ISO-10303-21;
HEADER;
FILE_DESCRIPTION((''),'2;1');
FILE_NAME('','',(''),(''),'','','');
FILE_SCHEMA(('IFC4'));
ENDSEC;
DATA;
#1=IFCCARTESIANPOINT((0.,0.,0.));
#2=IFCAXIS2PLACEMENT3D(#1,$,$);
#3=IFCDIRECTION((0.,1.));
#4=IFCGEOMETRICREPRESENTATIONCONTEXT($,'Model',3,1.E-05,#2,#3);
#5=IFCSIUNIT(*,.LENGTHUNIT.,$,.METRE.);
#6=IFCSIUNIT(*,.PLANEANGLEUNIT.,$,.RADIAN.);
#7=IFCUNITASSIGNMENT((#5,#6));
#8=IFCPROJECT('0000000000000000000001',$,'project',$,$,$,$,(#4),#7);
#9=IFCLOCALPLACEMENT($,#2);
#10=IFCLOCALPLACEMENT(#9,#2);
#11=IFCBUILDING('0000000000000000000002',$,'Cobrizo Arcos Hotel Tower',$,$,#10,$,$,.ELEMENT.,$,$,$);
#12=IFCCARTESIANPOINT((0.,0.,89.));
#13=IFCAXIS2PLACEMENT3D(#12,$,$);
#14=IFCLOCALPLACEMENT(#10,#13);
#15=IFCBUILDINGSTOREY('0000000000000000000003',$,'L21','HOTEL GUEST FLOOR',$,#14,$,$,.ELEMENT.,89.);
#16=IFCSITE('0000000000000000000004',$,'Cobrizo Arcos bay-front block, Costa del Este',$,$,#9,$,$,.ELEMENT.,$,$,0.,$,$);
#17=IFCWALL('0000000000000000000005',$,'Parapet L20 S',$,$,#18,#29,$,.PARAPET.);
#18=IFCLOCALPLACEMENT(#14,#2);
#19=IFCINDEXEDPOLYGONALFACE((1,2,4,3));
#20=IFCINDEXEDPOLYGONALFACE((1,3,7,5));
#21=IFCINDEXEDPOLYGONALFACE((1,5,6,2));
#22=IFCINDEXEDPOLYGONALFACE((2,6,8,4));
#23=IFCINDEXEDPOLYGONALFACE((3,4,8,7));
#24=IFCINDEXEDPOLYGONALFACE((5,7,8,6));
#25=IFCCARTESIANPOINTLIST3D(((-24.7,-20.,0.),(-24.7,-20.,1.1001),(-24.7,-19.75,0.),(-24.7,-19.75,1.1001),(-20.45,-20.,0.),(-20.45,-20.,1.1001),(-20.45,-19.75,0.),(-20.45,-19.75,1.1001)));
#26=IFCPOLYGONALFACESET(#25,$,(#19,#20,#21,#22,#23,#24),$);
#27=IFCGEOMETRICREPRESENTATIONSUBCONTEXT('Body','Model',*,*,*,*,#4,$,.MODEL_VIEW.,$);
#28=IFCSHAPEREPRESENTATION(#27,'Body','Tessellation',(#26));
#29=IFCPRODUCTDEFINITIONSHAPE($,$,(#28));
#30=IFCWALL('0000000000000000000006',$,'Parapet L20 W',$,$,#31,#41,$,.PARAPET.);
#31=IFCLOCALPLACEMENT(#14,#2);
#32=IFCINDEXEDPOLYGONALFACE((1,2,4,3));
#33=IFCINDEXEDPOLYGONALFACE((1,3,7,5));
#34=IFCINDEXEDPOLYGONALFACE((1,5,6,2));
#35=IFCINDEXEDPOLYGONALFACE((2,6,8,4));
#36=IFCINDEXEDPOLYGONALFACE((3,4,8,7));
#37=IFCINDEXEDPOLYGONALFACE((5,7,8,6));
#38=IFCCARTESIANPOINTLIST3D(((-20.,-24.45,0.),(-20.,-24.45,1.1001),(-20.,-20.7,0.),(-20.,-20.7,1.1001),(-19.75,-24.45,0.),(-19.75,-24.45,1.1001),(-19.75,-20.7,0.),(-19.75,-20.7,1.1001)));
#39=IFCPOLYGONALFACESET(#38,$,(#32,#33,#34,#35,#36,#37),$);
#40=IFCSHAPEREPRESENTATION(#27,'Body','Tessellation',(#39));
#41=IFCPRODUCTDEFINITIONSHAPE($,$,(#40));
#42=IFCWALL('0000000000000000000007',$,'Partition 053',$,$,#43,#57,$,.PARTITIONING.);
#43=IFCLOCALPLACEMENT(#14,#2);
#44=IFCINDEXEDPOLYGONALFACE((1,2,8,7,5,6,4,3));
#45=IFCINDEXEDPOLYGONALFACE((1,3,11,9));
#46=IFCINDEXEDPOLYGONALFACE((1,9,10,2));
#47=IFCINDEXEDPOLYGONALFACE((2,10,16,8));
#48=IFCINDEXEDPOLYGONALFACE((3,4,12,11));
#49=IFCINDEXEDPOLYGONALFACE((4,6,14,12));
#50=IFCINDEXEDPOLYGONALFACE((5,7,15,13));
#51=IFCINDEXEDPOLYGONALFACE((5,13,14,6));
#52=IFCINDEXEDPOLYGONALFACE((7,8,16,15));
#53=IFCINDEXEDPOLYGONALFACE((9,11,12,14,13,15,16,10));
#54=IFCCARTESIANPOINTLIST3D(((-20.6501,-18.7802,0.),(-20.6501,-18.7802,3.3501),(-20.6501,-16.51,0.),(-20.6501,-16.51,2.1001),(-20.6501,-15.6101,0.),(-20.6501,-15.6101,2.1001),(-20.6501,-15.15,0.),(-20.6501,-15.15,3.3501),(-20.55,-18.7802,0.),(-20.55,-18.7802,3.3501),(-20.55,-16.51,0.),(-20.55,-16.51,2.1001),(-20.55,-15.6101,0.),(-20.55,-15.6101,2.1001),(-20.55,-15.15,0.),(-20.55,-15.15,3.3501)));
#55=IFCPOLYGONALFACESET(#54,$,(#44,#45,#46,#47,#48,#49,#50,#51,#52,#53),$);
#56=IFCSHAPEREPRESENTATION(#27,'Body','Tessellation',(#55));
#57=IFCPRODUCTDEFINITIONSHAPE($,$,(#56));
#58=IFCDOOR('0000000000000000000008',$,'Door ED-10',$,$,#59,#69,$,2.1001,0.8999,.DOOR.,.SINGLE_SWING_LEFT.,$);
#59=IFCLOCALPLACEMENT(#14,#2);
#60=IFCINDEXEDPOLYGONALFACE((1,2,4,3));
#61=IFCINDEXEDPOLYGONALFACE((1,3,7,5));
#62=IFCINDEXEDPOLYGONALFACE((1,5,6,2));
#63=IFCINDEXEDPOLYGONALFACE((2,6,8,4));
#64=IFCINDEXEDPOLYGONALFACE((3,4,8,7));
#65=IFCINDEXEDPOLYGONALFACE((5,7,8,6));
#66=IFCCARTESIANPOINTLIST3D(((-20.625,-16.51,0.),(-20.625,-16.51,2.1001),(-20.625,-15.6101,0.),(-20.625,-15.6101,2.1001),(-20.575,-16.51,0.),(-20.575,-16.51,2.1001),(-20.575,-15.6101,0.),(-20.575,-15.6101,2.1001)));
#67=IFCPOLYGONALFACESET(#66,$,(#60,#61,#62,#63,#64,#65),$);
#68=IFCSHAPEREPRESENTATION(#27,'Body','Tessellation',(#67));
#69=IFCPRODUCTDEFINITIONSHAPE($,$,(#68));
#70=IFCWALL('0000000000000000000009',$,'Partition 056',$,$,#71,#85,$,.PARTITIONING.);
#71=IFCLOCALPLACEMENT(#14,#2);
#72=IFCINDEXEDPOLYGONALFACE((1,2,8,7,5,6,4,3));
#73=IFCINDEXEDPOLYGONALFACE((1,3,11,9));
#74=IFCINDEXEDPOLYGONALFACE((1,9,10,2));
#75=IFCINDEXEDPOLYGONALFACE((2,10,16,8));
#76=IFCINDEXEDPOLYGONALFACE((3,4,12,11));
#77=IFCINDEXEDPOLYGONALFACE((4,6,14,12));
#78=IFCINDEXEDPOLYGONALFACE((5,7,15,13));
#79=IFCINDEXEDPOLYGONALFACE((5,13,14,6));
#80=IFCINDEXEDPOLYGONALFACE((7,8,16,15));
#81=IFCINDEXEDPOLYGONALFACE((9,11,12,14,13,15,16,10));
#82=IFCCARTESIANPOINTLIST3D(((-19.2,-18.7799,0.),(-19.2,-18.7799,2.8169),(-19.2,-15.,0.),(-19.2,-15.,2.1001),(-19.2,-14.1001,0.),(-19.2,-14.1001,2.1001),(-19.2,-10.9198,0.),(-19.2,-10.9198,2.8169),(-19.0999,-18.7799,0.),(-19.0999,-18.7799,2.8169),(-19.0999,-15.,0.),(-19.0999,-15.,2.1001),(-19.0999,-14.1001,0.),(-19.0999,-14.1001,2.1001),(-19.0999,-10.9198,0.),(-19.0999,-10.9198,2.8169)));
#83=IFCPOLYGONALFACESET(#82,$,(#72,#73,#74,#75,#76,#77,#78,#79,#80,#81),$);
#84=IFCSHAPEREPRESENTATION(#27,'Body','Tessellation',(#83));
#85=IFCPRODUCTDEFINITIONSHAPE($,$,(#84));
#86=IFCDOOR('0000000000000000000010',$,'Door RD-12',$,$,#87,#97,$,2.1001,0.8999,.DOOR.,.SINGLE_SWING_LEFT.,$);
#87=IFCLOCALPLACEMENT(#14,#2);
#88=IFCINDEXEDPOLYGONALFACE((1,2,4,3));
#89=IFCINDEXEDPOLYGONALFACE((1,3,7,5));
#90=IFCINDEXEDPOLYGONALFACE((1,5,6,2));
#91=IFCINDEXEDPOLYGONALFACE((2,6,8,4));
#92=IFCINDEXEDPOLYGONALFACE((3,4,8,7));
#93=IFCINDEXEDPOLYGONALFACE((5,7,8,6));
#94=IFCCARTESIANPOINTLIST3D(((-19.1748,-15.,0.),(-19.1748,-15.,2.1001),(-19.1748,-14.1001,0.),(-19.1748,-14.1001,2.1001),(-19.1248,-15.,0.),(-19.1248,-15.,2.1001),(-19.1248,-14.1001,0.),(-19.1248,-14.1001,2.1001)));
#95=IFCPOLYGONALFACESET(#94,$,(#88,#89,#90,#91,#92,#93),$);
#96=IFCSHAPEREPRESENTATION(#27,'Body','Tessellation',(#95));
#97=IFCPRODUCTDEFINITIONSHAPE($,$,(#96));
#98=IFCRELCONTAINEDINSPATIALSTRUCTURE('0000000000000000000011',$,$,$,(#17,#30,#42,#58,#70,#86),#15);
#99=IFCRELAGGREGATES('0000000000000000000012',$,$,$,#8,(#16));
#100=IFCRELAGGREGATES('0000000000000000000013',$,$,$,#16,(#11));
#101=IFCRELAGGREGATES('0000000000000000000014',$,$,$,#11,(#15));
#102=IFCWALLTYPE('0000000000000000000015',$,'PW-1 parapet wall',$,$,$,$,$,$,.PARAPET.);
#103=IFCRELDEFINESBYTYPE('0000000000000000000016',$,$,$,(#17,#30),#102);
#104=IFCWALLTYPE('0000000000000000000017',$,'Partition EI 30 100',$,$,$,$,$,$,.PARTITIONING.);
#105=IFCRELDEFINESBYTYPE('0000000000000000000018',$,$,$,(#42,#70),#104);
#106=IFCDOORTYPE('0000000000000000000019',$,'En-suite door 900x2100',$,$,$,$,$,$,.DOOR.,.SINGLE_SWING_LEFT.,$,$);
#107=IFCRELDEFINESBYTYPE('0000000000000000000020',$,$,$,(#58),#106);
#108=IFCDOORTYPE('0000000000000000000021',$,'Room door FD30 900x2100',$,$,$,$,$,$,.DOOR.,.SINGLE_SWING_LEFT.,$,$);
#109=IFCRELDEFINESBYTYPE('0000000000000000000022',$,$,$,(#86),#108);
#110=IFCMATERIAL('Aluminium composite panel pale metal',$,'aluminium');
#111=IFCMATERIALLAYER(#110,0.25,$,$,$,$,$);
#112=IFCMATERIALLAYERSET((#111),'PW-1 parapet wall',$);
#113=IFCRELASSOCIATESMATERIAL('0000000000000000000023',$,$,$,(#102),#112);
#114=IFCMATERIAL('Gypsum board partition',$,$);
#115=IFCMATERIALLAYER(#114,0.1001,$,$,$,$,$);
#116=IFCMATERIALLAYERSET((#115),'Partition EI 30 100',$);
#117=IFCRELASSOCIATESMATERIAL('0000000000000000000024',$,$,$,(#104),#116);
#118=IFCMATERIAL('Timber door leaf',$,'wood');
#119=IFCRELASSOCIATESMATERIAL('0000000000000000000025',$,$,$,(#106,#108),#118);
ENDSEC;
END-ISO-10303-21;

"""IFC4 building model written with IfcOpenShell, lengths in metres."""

from ifc_helpers import new_model, si_unit, direction, frame, frame_2d, origin, place, context, subcontext, project, spatial, rectangle, extrude, material, layer, layer_set, type_object, element, fill, save


model = new_model("IFC4")

# Units and contexts
model_context = context("Model", 3, precision=1e-05, world=origin(), true_north=direction((0.0, 1.0)))
body_context = subcontext(model_context, "Body", "Model", "MODEL_VIEW")
ifc_project = project(units=[si_unit("LENGTHUNIT", "METRE"), si_unit("PLANEANGLEUNIT", "RADIAN")], contexts=[model_context])

# Site, building, storey
site_placement = place(None, origin())
site = spatial("IfcSite", under=ifc_project, at=site_placement, Name="Cobrizo Arcos bay-front block, Costa del Este", CompositionType="ELEMENT", RefElevation=0.0)
building_placement = place(site_placement, origin())
building = spatial("IfcBuilding", under=site, at=building_placement, Name="Cobrizo Arcos Hotel Tower", CompositionType="ELEMENT")
storey_placement = place(building_placement, frame((0.0, 0.0, 89.0)))
storey = spatial("IfcBuildingStorey", under=building, at=storey_placement, Name="L21", Description="HOTEL GUEST FLOOR", CompositionType="ELEMENT", Elevation=89.0)

# Shared definitions
ifc_material_1 = material(Name="Aluminium composite panel pale metal", Category="aluminium")

# Walls
ifc_layer_1 = layer(ifc_material_1, 0.25)
ifc_layer_set_1 = layer_set([ifc_layer_1], Name="PW-1 parapet wall")
wall_type_1 = type_object("IfcWallType", Name="PW-1 parapet wall", PredefinedType="PARAPET", material=ifc_layer_set_1)
wall_1_placement = place(storey_placement, frame((-24.7, -19.875, 0.0), z_axis=(0.0, 0.0, 1.0), x_axis=(1.0, 0.0, 0.0)))
element("IfcWall", 1, at=wall_1_placement, inside=storey, type_object=wall_type_1, Name="Parapet L20 S", PredefinedType="PARAPET", context=body_context, shape_type="SweptSolid", body=[
    extrude(rectangle(XDim=4.25, YDim=0.25, at=frame_2d((2.125, 0.0))), origin(), (0.0, 0.0, 1.0), 1.1001),
])
wall_2_placement = place(storey_placement, frame((-19.875, -20.7, 0.0), z_axis=(0.0, 0.0, 1.0), x_axis=(0.0, -1.0, 0.0)))
element("IfcWall", 2, at=wall_2_placement, inside=storey, type_object=wall_type_1, Name="Parapet L20 W", PredefinedType="PARAPET", context=body_context, shape_type="SweptSolid", body=[
    extrude(rectangle(XDim=3.75, YDim=0.25, at=frame_2d((1.875, 0.0))), origin(), (0.0, 0.0, 1.0), 1.1001),
])

# Walls, openings, doors
ifc_material_2 = material(Name="Gypsum board partition")
ifc_layer_2 = layer(ifc_material_2, 0.1001)
ifc_layer_set_2 = layer_set([ifc_layer_2], Name="Partition EI 30 100")
wall_type_2 = type_object("IfcWallType", Name="Partition EI 30 100", PredefinedType="PARTITIONING", material=ifc_layer_set_2)
wall_3_placement = place(storey_placement, frame((-20.6001, -18.78, 0.0), z_axis=(0.0, 0.0, 1.0), x_axis=(0.0, 1.0, 0.0)))
wall_3 = element("IfcWall", 3, at=wall_3_placement, inside=storey, type_object=wall_type_2, Name="Partition 053", PredefinedType="PARTITIONING", context=body_context, shape_type="SweptSolid", body=[
    extrude(rectangle(XDim=3.6301, YDim=0.1001, at=frame_2d((1.8149, 0.0))), origin(), (0.0, 0.0, 1.0), 3.3501),
])
opening_1_placement = place(wall_3_placement, frame((2.27, 0.0, 0.0)))
opening_1 = element("IfcOpeningElement", 4, at=opening_1_placement, cuts=wall_3, PredefinedType="OPENING", context=body_context, shape_type="SweptSolid", body=[
    extrude(rectangle(XDim=0.8999, YDim=2.1001, at=frame_2d((0.45, 1.05))), frame((0.0, 0.062, 0.0), z_axis=(0.0, -1.0, 0.0), x_axis=(1.0, 0.0, 0.0)), (0.0, 0.0, 1.0), 0.124),
])
ifc_material_3 = material(Name="Timber door leaf", Category="wood")
door_type_1 = type_object("IfcDoorType", Name="En-suite door 900x2100", OperationType="SINGLE_SWING_LEFT", PredefinedType="DOOR", material=ifc_material_3)
door_1_placement = place(opening_1_placement, origin())
door_1 = element("IfcDoor", 5, at=door_1_placement, inside=storey, type_object=door_type_1, Name="Door ED-10", OperationType="SINGLE_SWING_LEFT", OverallHeight=2.1001, OverallWidth=0.8999, PredefinedType="DOOR", context=body_context, shape_type="SweptSolid", body=[
    extrude(rectangle(XDim=0.8999, YDim=2.1001, at=frame_2d((0.45, 1.05))), frame((0.0, 0.0249, 0.0), z_axis=(0.0, -1.0, 0.0), x_axis=(1.0, 0.0, 0.0)), (0.0, 0.0, 1.0), 0.05),
])
fill(opening_1, door_1)
wall_4_placement = place(storey_placement, frame((-19.1499, -18.78, 0.0), z_axis=(0.0, 0.0, 1.0), x_axis=(0.0, 1.0, 0.0)))
wall_4 = element("IfcWall", 6, at=wall_4_placement, inside=storey, type_object=wall_type_2, Name="Partition 056", PredefinedType="PARTITIONING", context=body_context, shape_type="SweptSolid", body=[
    extrude(rectangle(XDim=7.8601, YDim=0.1001, at=frame_2d((3.9302, 0.0))), origin(), (0.0, 0.0, 1.0), 2.8169),
])
opening_2_placement = place(wall_4_placement, frame((3.78, 0.0, 0.0)))
opening_2 = element("IfcOpeningElement", 7, at=opening_2_placement, cuts=wall_4, PredefinedType="OPENING", context=body_context, shape_type="SweptSolid", body=[
    extrude(rectangle(XDim=0.8999, YDim=2.1001, at=frame_2d((0.45, 1.05))), frame((0.0, 0.062, 0.0), z_axis=(0.0, -1.0, 0.0), x_axis=(1.0, 0.0, 0.0)), (0.0, 0.0, 1.0), 0.124),
])
door_type_2 = type_object("IfcDoorType", Name="Room door FD30 900x2100", OperationType="SINGLE_SWING_LEFT", PredefinedType="DOOR", material=ifc_material_3)
door_2_placement = place(opening_2_placement, origin())
door_2 = element("IfcDoor", 8, at=door_2_placement, inside=storey, type_object=door_type_2, Name="Door RD-12", OperationType="SINGLE_SWING_LEFT", OverallHeight=2.1001, OverallWidth=0.8999, PredefinedType="DOOR", context=body_context, shape_type="SweptSolid", body=[
    extrude(rectangle(XDim=0.8999, YDim=2.1001, at=frame_2d((0.45, 1.05))), frame((0.0, 0.0249, 0.0), z_axis=(0.0, -1.0, 0.0), x_axis=(1.0, 0.0, 0.0)), (0.0, 0.0, 1.0), 0.05),
])
fill(opening_2, door_2)

save(model, "model.ifc")
